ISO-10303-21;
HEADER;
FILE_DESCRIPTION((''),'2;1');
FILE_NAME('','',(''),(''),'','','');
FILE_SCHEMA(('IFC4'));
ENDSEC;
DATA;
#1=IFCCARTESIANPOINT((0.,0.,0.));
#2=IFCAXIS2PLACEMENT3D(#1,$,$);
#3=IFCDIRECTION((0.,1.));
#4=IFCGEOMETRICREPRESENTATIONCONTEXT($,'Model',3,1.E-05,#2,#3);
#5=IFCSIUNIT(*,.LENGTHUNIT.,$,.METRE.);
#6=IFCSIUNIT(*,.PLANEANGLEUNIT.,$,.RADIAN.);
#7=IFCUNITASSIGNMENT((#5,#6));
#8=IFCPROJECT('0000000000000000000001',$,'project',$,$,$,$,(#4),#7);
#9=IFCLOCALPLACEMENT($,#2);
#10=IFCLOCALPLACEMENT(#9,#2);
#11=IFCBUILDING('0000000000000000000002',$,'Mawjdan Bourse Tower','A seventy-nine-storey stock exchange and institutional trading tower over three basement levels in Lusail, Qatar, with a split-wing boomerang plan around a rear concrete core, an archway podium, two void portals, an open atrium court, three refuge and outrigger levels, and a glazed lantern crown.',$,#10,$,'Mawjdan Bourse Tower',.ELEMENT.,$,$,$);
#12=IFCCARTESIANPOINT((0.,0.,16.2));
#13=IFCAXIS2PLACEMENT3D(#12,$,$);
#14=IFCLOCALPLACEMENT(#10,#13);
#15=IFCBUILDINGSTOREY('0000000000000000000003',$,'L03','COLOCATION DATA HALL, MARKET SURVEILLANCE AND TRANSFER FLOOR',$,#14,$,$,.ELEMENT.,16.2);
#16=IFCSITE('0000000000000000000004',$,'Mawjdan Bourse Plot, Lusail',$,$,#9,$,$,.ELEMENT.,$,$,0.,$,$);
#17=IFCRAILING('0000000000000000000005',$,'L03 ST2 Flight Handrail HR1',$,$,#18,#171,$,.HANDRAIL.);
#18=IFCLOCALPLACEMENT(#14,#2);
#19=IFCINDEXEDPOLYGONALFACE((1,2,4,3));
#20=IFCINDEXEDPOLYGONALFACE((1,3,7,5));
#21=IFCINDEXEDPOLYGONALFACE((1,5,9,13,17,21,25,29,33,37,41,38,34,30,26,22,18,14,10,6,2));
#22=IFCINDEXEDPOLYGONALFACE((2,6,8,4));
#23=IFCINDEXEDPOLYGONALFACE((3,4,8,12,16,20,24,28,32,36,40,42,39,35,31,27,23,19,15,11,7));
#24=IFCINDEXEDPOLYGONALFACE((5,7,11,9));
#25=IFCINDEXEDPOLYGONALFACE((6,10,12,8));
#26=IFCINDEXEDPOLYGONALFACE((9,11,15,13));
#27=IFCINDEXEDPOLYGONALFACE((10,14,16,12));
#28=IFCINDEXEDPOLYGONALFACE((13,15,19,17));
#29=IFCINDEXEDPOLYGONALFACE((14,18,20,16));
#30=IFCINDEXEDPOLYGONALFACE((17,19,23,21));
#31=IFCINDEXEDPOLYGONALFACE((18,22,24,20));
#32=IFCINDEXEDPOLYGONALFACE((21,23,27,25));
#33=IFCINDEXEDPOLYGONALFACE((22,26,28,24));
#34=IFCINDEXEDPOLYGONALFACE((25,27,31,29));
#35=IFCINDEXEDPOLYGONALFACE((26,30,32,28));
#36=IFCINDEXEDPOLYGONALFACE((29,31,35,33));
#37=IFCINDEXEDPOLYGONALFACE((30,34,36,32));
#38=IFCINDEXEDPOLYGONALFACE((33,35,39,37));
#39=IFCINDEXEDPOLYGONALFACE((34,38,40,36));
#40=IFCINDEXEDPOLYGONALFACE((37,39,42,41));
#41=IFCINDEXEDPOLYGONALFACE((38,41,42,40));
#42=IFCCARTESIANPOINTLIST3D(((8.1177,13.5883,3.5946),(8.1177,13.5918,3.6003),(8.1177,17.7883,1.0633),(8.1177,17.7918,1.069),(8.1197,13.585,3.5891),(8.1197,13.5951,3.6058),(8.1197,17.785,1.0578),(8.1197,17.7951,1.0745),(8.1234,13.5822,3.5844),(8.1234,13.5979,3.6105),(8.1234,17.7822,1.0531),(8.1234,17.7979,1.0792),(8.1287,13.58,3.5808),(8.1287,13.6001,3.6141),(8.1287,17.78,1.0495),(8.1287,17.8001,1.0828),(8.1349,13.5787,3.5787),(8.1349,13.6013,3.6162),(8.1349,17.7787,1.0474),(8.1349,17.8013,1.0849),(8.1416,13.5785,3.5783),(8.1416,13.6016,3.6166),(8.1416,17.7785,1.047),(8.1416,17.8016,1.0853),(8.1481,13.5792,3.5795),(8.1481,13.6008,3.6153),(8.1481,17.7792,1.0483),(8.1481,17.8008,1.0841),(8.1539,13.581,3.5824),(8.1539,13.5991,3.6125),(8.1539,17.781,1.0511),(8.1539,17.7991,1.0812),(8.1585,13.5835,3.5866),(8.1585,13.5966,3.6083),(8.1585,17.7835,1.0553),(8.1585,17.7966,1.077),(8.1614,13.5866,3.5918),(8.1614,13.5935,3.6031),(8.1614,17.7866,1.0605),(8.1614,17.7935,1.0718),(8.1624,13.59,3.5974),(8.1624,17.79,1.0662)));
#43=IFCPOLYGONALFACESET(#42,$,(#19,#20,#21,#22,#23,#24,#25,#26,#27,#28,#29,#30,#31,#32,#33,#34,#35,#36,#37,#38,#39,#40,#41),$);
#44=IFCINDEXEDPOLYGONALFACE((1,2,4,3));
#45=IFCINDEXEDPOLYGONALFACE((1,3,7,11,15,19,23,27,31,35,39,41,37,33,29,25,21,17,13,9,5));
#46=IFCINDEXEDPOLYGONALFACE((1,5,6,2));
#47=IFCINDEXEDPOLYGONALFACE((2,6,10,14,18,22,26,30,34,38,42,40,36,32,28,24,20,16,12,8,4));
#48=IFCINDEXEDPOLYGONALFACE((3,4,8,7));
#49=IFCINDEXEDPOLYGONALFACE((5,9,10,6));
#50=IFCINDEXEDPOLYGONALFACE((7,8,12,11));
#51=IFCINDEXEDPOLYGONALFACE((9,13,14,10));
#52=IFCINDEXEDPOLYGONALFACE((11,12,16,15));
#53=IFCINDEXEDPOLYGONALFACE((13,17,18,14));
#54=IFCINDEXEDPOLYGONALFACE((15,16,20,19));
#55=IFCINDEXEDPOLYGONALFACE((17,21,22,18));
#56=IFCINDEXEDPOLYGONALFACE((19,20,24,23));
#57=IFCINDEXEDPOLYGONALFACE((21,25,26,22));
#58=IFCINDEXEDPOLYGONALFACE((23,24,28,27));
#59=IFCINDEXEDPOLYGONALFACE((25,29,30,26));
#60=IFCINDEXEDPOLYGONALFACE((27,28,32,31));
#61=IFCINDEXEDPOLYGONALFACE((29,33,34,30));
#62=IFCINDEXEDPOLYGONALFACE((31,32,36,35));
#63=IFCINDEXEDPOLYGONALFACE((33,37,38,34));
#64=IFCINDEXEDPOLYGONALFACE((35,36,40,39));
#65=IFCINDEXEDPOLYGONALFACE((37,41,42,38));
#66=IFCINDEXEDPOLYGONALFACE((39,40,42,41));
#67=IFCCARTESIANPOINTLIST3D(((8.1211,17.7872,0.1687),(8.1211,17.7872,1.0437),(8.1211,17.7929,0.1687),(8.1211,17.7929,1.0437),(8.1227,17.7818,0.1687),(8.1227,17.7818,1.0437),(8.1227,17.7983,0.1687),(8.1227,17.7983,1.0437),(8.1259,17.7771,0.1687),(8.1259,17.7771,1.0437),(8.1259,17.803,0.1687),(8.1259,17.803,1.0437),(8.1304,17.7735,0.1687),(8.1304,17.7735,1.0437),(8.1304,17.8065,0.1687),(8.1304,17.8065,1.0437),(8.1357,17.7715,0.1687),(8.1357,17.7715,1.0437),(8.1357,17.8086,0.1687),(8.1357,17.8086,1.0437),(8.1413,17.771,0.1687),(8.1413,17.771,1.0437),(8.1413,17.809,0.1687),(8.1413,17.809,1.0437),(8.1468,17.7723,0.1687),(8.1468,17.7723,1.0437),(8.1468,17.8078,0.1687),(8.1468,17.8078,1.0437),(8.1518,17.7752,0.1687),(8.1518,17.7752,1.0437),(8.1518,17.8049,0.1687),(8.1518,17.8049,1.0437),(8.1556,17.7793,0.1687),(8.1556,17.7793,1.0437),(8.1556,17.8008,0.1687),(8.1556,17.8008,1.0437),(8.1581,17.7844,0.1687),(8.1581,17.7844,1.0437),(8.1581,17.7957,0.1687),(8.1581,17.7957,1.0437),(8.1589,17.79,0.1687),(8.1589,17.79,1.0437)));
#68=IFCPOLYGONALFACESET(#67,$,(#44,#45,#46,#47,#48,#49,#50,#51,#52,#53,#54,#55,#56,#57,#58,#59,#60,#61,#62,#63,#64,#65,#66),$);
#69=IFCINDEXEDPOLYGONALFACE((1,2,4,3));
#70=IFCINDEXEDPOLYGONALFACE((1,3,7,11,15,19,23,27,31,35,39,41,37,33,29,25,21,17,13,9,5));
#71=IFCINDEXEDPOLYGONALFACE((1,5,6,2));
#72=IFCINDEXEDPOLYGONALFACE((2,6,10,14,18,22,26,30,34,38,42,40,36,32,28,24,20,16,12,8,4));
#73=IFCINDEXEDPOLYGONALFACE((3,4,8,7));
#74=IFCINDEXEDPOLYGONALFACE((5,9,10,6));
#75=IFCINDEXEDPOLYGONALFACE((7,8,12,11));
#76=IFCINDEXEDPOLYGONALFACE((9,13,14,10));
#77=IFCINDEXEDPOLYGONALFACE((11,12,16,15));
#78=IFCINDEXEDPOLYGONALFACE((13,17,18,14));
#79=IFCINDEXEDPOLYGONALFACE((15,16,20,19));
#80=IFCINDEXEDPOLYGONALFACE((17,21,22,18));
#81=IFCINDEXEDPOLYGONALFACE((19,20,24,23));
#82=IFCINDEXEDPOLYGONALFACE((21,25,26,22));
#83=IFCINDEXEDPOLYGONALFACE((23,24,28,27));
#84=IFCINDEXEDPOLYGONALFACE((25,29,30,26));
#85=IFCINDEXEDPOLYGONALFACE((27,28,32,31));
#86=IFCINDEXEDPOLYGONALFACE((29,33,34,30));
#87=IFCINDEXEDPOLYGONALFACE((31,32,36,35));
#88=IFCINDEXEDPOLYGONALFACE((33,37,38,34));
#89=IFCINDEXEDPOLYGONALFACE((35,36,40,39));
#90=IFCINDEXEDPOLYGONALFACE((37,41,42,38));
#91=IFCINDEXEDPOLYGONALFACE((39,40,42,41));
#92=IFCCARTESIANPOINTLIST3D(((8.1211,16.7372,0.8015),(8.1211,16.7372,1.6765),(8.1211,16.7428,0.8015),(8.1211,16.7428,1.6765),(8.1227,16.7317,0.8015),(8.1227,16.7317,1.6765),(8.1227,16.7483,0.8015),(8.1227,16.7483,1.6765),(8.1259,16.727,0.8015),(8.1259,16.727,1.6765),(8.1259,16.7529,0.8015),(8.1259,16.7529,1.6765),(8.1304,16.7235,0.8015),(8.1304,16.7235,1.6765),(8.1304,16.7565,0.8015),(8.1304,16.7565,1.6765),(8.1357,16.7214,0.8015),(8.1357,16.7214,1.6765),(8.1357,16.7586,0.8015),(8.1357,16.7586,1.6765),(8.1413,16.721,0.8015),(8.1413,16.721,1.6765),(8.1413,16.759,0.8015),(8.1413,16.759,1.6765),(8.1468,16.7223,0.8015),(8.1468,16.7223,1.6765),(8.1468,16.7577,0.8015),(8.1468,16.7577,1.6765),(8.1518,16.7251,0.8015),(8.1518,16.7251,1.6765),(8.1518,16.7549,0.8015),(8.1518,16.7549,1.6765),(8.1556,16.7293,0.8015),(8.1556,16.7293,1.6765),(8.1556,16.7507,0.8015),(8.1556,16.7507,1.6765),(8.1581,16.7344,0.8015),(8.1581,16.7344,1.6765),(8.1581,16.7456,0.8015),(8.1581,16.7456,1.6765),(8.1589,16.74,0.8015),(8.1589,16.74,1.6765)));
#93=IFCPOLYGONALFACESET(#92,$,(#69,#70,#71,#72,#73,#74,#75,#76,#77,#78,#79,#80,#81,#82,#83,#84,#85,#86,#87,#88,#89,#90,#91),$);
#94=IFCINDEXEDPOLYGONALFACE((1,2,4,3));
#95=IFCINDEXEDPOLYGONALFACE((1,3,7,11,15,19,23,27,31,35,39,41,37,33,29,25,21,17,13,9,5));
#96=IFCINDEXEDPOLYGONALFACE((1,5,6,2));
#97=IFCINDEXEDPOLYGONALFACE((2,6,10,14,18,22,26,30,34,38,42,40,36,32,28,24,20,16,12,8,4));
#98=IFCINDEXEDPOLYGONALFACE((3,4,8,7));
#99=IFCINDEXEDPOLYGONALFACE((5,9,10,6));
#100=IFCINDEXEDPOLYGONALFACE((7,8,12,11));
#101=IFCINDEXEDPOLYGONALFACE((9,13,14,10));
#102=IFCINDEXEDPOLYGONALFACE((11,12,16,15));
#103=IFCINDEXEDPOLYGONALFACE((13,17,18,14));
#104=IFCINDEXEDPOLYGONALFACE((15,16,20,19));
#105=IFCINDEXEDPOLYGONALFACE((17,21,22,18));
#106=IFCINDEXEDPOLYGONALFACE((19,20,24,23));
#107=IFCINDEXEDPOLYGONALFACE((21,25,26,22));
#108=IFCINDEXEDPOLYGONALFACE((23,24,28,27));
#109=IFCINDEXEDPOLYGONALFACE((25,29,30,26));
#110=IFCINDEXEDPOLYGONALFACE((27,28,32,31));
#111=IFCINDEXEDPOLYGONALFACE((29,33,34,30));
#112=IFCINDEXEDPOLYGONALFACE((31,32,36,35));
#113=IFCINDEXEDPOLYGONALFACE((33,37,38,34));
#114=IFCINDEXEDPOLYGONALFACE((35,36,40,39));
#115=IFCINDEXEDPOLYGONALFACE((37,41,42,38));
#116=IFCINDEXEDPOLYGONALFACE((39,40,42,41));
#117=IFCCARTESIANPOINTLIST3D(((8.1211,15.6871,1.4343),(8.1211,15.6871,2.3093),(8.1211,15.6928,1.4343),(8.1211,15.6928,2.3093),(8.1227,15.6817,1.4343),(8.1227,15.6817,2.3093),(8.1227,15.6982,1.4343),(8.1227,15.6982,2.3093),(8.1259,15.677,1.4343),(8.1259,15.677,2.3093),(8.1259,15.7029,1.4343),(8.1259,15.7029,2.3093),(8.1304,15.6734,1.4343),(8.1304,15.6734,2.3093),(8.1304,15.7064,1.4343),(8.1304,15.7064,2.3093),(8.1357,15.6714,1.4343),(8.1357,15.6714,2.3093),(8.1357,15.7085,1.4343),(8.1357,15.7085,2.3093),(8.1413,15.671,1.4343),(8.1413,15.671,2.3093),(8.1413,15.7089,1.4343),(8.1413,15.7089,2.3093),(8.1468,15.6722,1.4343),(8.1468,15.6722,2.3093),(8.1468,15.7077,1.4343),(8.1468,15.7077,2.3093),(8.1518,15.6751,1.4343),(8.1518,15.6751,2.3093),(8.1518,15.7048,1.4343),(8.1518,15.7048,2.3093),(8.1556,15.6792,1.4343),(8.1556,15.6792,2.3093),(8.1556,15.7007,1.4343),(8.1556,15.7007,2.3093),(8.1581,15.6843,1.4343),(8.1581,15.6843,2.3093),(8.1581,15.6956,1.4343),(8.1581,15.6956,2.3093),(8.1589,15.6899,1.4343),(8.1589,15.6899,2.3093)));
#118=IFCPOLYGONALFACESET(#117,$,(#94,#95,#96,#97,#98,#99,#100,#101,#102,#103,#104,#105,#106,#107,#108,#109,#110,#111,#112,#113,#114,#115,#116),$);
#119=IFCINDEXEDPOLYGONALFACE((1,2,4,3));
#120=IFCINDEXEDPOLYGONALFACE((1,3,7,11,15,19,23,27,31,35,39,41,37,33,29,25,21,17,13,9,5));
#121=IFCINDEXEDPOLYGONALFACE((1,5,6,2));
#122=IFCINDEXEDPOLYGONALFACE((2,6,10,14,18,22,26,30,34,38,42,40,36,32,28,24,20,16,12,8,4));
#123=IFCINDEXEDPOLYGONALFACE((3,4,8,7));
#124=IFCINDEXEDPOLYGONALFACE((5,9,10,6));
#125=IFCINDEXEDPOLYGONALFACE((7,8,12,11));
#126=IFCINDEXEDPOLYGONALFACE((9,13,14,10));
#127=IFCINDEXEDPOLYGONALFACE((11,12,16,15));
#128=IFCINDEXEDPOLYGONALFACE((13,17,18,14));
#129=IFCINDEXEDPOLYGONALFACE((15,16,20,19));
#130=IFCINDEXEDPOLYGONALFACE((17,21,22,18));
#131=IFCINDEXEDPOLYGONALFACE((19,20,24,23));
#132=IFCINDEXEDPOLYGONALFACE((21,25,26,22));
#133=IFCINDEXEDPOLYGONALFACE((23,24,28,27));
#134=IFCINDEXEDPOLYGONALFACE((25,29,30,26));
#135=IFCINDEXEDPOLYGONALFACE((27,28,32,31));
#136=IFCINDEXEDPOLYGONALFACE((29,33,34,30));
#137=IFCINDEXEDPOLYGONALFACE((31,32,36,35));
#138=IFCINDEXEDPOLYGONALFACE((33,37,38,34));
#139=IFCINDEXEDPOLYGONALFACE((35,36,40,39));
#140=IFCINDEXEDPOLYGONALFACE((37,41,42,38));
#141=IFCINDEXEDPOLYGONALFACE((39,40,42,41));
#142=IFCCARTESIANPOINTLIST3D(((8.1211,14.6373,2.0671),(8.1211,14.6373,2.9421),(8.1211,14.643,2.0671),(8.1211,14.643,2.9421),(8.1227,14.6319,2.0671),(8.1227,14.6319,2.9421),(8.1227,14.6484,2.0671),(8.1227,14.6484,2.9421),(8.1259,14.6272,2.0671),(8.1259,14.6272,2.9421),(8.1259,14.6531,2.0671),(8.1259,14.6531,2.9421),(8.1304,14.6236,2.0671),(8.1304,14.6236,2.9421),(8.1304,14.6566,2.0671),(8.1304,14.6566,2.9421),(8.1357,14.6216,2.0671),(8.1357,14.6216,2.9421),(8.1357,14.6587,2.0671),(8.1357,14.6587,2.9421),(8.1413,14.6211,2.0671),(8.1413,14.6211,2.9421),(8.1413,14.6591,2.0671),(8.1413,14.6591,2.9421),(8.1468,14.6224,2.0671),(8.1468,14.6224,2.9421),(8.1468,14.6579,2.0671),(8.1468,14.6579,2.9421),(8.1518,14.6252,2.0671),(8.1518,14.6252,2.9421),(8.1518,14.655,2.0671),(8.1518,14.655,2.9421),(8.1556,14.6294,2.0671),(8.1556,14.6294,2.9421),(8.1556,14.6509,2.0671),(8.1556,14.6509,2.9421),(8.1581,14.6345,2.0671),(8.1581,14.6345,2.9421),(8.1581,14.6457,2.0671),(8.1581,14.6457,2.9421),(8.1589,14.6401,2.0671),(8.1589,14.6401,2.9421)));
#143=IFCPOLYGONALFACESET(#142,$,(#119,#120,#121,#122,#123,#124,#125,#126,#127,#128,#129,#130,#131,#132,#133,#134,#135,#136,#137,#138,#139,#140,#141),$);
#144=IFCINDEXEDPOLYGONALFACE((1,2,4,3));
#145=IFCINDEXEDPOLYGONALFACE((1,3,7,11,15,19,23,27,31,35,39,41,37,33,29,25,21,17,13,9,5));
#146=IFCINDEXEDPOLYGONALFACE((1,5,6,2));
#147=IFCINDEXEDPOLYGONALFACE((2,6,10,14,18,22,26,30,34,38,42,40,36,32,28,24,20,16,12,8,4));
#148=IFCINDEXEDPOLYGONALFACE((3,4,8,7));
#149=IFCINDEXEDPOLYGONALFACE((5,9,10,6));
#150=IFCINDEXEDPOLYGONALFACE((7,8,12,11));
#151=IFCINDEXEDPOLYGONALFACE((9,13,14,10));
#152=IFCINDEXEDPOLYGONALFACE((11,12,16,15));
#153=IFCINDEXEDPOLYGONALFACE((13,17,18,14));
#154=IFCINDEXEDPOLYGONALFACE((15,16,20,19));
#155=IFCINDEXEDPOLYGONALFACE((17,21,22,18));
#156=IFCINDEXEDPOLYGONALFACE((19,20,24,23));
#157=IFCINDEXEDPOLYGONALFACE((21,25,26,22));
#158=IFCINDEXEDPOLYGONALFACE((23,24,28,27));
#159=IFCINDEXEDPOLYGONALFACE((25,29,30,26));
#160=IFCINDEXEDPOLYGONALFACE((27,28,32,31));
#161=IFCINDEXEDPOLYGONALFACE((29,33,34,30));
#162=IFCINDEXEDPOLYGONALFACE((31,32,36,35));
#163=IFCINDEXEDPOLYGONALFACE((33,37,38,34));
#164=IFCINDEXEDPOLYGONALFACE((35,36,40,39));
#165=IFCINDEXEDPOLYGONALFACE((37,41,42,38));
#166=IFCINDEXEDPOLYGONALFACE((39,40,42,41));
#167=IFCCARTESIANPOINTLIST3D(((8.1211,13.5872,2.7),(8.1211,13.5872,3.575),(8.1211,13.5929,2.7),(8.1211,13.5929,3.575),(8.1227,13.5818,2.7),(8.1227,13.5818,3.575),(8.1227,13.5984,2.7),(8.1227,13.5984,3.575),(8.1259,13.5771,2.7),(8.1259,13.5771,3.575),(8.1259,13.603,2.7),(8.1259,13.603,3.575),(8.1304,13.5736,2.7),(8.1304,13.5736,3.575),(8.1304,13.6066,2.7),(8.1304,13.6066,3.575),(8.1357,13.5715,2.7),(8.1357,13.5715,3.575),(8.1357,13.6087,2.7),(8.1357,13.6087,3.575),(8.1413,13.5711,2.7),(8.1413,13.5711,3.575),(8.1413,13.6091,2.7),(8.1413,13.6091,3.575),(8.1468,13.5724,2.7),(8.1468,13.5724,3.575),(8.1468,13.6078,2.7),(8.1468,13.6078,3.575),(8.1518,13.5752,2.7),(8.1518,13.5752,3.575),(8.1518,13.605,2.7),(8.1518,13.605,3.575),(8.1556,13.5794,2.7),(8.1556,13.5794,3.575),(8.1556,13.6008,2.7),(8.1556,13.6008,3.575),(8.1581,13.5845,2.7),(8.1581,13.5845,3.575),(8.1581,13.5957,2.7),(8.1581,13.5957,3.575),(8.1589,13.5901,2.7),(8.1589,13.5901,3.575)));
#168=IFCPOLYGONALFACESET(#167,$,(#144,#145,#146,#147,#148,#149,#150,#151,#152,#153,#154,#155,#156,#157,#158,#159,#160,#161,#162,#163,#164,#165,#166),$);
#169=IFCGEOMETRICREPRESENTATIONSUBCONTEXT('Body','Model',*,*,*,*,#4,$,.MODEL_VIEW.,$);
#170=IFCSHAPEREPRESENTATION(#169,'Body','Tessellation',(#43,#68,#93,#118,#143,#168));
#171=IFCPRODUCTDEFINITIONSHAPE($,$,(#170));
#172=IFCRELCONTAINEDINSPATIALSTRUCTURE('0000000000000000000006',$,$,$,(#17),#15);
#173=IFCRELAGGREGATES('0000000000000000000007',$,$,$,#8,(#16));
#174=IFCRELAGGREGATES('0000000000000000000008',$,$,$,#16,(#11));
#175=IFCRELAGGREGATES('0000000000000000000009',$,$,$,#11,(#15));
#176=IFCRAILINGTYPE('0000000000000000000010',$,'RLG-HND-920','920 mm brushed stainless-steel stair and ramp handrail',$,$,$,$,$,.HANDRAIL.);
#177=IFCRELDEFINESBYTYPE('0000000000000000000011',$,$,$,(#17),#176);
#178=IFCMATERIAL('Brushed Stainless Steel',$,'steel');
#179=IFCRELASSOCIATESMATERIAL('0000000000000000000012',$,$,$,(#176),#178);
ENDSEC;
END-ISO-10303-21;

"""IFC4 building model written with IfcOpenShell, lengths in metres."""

from ifc_helpers import new_model, si_unit, direction, frame, origin, origin_2d, place, context, subcontext, project, spatial, circle, extrude, material, type_object, element, save


model = new_model("IFC4")

# Units and contexts
model_context = context("Model", 3, precision=1e-05, world=origin(), true_north=direction((0.0, 1.0)))
body_context = subcontext(model_context, "Body", "Model", "MODEL_VIEW")
ifc_project = project(units=[si_unit("LENGTHUNIT", "METRE"), si_unit("PLANEANGLEUNIT", "RADIAN")], contexts=[model_context])

# Site, building, storey
site_placement = place(None, origin())
site = spatial("IfcSite", under=ifc_project, at=site_placement, Name="Mawjdan Bourse Plot, Lusail", CompositionType="ELEMENT", RefElevation=0.0)
building_placement = place(site_placement, origin())
building = spatial("IfcBuilding", under=site, at=building_placement, Name="Mawjdan Bourse Tower", Description="A seventy-nine-storey stock exchange and institutional trading tower over three basement levels in Lusail, Qatar, with a split-wing boomerang plan around a rear concrete core, an archway podium, two void portals, an open atrium court, three refuge and outrigger levels, and a glazed lantern crown.", LongName="Mawjdan Bourse Tower", CompositionType="ELEMENT")
storey_placement = place(building_placement, frame((0.0, 0.0, 16.2)))
storey = spatial("IfcBuildingStorey", under=building, at=storey_placement, Name="L03", Description="COLOCATION DATA HALL, MARKET SURVEILLANCE AND TRANSFER FLOOR", CompositionType="ELEMENT", Elevation=16.2)

# Railing
ifc_material_1 = material(Name="Brushed Stainless Steel", Category="steel")
railing_type_1 = type_object("IfcRailingType", Name="RLG-HND-920", Description="920 mm brushed stainless-steel stair and ramp handrail", PredefinedType="HANDRAIL", material=ifc_material_1)
for number, where, name in (
    (1, (8.1399, 17.79, 0.1687), "L03 ST2 Flight Handrail HR1"),
):
    element("IfcRailing", number, at=place(storey_placement, frame(where)), inside=storey, type_object=railing_type_1, Name=name, PredefinedType="HANDRAIL", context=body_context, shape_type="SweptSolid", body=[
        extrude(circle(Radius=0.0225, at=origin_2d()), frame((0.0, 0.0, 0.8975), z_axis=(0.0, -0.856476, 0.516186), x_axis=(1.0, 0.0, 0.0)), (0.0, 0.0, 1.0), 4.9038),
        extrude(circle(Radius=0.019, at=origin_2d()), origin(), (0.0, 0.0, 1.0), 0.875),
        extrude(circle(Radius=0.019, at=origin_2d()), frame((0.0, -1.05, 0.6328)), (0.0, 0.0, 1.0), 0.875),
        extrude(circle(Radius=0.019, at=origin_2d()), frame((0.0, -2.1001, 1.2656)), (0.0, 0.0, 1.0), 0.875),
        extrude(circle(Radius=0.019, at=origin_2d()), frame((0.0, -3.1499, 1.8984)), (0.0, 0.0, 1.0), 0.875),
        extrude(circle(Radius=0.019, at=origin_2d()), frame((0.0, -4.2, 2.5312)), (0.0, 0.0, 1.0), 0.875),
    ])

save(model, "model.ifc")
